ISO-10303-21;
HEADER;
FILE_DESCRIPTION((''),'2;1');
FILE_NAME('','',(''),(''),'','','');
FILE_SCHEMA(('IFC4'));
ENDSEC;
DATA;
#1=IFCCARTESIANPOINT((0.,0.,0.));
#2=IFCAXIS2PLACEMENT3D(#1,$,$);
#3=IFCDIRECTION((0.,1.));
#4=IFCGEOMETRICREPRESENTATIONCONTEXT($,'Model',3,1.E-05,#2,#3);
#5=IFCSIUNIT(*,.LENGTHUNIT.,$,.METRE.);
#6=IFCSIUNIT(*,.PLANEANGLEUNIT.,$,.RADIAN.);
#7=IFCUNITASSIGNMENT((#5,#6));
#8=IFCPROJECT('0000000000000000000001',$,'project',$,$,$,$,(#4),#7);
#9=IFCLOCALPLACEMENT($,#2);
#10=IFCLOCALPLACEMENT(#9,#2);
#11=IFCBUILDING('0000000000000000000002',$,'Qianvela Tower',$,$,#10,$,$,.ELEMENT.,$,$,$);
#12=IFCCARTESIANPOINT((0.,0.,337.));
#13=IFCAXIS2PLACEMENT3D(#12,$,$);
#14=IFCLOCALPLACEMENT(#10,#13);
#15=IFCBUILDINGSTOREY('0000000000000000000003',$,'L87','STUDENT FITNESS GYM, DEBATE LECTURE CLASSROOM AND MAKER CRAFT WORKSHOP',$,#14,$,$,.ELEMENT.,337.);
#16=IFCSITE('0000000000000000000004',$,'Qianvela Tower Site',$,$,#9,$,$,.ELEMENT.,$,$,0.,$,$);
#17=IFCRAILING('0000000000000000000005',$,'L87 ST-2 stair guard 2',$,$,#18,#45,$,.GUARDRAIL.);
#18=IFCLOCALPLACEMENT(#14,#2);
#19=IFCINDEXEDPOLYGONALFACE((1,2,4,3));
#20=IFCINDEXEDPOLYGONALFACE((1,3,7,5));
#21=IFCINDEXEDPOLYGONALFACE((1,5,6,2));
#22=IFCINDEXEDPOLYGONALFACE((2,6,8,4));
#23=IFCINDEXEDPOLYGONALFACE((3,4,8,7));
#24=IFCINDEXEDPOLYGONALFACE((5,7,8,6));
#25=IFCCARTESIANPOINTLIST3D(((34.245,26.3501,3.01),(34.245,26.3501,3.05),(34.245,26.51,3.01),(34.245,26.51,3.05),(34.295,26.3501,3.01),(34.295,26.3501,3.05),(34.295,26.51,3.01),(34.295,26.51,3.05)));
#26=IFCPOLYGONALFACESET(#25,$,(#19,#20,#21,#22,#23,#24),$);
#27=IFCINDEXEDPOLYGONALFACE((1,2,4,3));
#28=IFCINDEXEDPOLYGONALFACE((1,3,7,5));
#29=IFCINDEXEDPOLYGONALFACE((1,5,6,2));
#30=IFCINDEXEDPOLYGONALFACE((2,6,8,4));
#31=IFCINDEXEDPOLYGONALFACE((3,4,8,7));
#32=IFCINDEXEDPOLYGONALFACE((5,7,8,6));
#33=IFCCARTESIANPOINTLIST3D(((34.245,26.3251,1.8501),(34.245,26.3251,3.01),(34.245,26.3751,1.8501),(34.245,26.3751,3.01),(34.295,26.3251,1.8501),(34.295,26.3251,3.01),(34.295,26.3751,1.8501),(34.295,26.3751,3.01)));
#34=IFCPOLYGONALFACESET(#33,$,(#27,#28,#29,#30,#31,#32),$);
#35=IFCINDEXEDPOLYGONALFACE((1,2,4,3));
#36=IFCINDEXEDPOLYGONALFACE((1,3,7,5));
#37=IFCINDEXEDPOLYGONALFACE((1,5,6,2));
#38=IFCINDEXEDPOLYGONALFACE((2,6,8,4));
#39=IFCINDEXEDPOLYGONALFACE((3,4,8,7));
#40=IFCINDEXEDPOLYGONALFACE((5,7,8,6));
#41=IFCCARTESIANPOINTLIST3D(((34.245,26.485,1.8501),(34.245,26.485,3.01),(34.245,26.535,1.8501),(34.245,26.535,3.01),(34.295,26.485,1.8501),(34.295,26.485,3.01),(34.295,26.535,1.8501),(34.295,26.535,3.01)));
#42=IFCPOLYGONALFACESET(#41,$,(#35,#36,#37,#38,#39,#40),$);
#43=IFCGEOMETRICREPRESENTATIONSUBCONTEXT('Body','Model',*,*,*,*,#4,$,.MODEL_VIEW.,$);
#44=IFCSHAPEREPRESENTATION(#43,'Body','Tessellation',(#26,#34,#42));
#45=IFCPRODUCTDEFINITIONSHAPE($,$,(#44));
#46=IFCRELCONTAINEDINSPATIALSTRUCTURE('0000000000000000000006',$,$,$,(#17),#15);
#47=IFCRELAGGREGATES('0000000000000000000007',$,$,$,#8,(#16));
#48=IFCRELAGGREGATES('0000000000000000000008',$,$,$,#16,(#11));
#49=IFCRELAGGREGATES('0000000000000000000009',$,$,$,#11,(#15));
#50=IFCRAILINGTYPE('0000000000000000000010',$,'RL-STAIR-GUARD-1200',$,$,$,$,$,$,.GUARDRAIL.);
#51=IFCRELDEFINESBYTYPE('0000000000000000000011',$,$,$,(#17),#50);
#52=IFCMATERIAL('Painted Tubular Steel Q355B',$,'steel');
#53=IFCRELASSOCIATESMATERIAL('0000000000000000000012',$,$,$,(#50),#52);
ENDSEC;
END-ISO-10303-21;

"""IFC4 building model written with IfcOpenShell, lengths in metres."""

from ifc_helpers import new_model, si_unit, direction, frame, origin, origin_2d, place, context, subcontext, project, spatial, rectangle, extrude, material, type_object, element, save


model = new_model("IFC4")

# Units and contexts
model_context = context("Model", 3, precision=1e-05, world=origin(), true_north=direction((0.0, 1.0)))
body_context = subcontext(model_context, "Body", "Model", "MODEL_VIEW")
ifc_project = project(units=[si_unit("LENGTHUNIT", "METRE"), si_unit("PLANEANGLEUNIT", "RADIAN")], contexts=[model_context])

# Site, building, storey
site_placement = place(None, origin())
site = spatial("IfcSite", under=ifc_project, at=site_placement, Name="Qianvela Tower Site", CompositionType="ELEMENT", RefElevation=0.0)
building_placement = place(site_placement, origin())
building = spatial("IfcBuilding", under=site, at=building_placement, Name="Qianvela Tower", CompositionType="ELEMENT")
storey_placement = place(building_placement, frame((0.0, 0.0, 337.0)))
storey = spatial("IfcBuildingStorey", under=building, at=storey_placement, Name="L87", Description="STUDENT FITNESS GYM, DEBATE LECTURE CLASSROOM AND MAKER CRAFT WORKSHOP", CompositionType="ELEMENT", Elevation=337.0)

# Railing
ifc_material_1 = material(Name="Painted Tubular Steel Q355B", Category="steel")
railing_type = type_object("IfcRailingType", Name="RL-STAIR-GUARD-1200", PredefinedType="GUARDRAIL", material=ifc_material_1)
railing_placement = place(storey_placement, frame((34.27, 26.3501, 1.8501)))
element("IfcRailing", 1, at=railing_placement, inside=storey, type_object=railing_type, Name="L87 ST-2 stair guard 2", PredefinedType="GUARDRAIL", context=body_context, shape_type="SweptSolid", body=[
    extrude(rectangle(XDim=0.05, YDim=0.04, at=origin_2d()), frame((0.0, 0.0, 1.1799), z_axis=(0.0, 1.0, 0.0), x_axis=(-1.0, 0.0, 0.0)), (0.0, 0.0, 1.0), 0.1599),
    extrude(rectangle(XDim=0.05, YDim=0.05, at=origin_2d()), origin(), (0.0, 0.0, 1.0), 1.1599),
    extrude(rectangle(XDim=0.05, YDim=0.05, at=origin_2d()), frame((0.0, 0.1599, 0.0)), (0.0, 0.0, 1.0), 1.1599),
])

save(model, "model.ifc")
